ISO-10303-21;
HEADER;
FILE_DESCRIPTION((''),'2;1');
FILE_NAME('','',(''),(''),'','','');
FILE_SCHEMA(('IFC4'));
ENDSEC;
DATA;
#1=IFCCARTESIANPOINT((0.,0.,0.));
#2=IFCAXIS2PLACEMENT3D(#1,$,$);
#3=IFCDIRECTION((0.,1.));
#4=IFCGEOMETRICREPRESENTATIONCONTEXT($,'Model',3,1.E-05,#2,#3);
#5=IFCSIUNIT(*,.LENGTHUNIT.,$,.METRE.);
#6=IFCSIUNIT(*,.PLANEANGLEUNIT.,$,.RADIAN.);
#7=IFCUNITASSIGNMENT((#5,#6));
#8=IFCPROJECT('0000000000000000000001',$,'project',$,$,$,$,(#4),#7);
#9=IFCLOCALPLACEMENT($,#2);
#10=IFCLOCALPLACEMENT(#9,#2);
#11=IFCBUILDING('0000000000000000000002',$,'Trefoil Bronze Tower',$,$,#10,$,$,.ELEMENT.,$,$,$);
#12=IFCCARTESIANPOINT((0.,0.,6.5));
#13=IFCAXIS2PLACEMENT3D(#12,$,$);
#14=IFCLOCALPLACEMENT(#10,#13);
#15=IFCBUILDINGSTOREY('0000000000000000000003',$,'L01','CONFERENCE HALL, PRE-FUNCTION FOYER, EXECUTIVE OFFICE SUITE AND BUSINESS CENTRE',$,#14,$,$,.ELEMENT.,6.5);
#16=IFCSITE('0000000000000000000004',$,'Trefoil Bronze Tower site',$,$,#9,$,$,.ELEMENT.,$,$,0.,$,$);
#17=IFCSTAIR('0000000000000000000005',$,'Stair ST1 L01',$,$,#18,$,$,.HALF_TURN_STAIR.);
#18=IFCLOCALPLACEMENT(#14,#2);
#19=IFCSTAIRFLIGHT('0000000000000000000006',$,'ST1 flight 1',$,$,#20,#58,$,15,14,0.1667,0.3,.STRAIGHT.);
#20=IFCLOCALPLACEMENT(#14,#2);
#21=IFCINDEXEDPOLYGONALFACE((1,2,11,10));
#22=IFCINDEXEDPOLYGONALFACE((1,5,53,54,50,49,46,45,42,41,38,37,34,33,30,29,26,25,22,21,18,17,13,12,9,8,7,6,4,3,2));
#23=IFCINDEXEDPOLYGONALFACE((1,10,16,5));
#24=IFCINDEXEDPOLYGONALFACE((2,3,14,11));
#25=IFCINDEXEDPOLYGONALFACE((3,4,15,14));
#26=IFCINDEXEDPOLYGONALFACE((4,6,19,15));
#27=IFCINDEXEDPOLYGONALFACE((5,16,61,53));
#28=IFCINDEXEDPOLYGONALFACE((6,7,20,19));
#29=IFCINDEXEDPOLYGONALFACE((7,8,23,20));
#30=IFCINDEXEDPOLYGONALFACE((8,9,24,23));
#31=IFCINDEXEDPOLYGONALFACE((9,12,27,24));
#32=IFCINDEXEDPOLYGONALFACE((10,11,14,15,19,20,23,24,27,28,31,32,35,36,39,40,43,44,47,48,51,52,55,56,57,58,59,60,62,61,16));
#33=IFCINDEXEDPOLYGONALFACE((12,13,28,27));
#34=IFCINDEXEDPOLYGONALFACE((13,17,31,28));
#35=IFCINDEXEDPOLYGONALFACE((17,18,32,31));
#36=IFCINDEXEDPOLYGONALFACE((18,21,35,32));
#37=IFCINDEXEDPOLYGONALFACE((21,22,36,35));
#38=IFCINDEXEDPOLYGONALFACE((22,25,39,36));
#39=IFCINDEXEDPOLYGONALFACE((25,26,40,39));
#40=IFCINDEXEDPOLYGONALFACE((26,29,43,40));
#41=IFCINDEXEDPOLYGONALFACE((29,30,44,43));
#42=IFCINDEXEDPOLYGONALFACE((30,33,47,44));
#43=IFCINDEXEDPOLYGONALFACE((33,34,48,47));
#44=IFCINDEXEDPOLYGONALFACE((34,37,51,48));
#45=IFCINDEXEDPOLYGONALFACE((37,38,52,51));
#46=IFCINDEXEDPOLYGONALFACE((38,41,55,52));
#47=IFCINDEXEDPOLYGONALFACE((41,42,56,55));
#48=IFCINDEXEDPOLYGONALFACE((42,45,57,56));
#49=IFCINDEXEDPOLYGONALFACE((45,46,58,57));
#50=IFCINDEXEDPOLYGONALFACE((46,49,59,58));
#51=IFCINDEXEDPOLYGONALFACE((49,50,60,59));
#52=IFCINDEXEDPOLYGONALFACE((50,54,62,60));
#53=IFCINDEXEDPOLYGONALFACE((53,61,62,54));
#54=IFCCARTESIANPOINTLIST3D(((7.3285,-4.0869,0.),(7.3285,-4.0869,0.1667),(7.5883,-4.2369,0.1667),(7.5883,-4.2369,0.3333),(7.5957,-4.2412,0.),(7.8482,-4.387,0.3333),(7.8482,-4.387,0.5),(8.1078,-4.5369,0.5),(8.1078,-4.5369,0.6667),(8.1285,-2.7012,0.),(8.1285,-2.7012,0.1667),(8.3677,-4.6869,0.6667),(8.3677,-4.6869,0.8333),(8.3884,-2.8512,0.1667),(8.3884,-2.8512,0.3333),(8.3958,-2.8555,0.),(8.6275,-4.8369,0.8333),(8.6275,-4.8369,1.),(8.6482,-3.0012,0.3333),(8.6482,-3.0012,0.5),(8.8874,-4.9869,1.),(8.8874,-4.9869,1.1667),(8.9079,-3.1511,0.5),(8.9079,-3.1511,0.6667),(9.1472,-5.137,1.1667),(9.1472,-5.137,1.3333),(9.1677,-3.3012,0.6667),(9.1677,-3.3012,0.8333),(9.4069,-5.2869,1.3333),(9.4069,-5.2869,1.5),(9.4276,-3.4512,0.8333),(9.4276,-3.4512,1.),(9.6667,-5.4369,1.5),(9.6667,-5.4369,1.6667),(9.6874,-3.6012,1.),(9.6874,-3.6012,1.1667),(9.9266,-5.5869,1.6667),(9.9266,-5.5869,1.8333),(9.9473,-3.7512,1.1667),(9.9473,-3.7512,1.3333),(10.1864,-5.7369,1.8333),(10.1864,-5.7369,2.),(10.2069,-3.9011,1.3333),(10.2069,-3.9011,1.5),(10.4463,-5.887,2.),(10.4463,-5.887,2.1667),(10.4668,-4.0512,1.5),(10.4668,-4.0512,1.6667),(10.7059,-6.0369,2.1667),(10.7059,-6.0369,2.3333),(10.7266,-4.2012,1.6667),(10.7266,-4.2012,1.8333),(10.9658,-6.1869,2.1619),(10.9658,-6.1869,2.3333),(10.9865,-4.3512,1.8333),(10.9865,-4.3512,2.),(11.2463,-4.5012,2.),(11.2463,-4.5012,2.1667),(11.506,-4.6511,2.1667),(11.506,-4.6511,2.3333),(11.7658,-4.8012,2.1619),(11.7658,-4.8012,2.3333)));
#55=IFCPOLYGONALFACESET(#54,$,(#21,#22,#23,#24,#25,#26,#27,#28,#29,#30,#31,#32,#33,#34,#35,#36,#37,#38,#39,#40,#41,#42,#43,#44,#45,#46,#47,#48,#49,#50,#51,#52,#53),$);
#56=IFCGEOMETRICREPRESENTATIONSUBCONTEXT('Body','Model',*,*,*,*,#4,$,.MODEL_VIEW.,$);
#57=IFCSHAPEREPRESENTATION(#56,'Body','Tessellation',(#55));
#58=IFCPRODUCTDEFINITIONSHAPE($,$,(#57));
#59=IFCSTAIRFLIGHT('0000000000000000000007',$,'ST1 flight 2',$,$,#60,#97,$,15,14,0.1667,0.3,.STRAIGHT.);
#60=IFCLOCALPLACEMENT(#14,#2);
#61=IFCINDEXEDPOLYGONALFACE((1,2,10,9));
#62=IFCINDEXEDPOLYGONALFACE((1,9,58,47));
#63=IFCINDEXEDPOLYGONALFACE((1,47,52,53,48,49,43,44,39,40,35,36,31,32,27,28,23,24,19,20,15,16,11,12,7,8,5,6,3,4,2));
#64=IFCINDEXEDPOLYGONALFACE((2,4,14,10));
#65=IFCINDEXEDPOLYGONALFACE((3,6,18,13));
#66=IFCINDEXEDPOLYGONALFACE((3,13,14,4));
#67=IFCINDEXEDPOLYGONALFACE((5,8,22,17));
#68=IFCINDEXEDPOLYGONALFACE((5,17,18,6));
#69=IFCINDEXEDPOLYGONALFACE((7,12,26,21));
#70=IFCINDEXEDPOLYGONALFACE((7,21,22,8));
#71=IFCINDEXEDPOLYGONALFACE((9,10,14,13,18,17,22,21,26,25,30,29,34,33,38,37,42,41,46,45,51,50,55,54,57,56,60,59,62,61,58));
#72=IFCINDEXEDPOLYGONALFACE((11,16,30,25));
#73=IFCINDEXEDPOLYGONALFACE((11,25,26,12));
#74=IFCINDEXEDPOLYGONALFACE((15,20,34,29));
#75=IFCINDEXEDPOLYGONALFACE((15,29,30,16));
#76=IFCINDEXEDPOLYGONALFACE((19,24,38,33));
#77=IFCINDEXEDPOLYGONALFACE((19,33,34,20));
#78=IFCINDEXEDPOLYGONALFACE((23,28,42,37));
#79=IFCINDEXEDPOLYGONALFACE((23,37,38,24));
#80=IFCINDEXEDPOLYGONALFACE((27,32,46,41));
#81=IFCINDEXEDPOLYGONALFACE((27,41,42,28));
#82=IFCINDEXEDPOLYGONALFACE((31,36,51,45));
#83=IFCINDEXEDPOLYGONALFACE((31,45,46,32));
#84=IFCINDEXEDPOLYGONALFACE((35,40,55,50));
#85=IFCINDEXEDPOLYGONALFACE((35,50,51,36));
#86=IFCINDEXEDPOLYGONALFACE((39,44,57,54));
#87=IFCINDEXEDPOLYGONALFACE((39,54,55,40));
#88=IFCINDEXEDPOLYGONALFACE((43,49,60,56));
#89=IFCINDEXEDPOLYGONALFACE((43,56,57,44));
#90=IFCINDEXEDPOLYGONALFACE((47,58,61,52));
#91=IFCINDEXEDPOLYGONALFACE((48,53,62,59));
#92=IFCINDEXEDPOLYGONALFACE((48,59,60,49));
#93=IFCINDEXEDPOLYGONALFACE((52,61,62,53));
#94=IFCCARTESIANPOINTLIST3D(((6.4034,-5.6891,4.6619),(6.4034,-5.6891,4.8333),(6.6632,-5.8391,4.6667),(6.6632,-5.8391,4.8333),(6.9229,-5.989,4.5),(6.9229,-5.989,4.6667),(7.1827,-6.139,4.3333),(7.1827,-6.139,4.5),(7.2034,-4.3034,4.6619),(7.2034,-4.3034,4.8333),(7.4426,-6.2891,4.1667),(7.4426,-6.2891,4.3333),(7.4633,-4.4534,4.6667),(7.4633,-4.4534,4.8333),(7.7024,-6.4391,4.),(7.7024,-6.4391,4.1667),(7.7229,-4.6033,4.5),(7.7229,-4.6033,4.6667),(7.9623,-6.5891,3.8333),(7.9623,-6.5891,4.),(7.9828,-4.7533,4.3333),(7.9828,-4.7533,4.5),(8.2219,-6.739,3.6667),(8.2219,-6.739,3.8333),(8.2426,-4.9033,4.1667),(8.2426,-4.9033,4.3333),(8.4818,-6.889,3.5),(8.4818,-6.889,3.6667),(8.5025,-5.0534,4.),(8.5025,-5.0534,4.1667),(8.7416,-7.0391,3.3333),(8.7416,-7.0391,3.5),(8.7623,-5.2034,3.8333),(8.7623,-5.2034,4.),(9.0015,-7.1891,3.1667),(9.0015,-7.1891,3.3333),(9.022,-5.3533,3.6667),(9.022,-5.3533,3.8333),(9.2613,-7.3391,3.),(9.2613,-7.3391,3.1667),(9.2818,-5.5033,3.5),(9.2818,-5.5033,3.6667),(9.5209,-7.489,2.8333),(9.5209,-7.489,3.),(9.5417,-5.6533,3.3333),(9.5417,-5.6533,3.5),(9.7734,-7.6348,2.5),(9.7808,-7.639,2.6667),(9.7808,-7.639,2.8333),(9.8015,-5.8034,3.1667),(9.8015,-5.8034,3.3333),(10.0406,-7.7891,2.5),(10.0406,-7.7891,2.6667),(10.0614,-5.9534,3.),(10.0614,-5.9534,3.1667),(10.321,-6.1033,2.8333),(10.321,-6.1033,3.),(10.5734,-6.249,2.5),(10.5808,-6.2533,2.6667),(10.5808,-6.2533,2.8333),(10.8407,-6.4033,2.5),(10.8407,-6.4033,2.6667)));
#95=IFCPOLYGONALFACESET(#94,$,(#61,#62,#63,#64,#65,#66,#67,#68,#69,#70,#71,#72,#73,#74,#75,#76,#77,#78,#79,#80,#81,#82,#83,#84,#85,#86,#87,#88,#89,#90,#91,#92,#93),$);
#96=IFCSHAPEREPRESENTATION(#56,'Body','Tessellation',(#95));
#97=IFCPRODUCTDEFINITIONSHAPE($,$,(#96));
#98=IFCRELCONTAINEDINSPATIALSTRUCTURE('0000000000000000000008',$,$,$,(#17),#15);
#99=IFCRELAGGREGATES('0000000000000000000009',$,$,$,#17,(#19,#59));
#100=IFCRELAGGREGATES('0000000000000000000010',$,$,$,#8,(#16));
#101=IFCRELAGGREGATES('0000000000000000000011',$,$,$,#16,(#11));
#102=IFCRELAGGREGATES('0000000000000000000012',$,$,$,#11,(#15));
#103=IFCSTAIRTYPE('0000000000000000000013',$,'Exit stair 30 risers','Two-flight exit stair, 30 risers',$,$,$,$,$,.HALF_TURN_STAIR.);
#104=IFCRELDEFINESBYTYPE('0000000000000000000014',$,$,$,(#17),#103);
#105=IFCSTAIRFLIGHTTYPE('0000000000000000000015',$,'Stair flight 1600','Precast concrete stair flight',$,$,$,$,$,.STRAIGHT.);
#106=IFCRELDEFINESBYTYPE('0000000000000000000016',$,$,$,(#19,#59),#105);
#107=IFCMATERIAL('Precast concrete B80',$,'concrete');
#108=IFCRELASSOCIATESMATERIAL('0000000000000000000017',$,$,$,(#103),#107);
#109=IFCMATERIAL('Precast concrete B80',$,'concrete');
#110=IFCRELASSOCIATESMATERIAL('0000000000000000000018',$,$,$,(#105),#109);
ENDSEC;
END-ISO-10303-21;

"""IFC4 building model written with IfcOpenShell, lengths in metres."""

from ifc_helpers import new_model, si_unit, direction, frame, origin, place, context, subcontext, project, spatial, polyline, outline, extrude, material, type_object, element, aggregate, save


model = new_model("IFC4")

# Units and contexts
model_context = context("Model", 3, precision=1e-05, world=origin(), true_north=direction((0.0, 1.0)))
body_context = subcontext(model_context, "Body", "Model", "MODEL_VIEW")
ifc_project = project(units=[si_unit("LENGTHUNIT", "METRE"), si_unit("PLANEANGLEUNIT", "RADIAN")], contexts=[model_context])

# Site, building, storey
site_placement = place(None, origin())
site = spatial("IfcSite", under=ifc_project, at=site_placement, Name="Trefoil Bronze Tower site", CompositionType="ELEMENT", RefElevation=0.0)
building_placement = place(site_placement, origin())
building = spatial("IfcBuilding", under=site, at=building_placement, Name="Trefoil Bronze Tower", CompositionType="ELEMENT")
storey_placement = place(building_placement, frame((0.0, 0.0, 6.5)))
storey = spatial("IfcBuildingStorey", under=building, at=storey_placement, Name="L01", Description="CONFERENCE HALL, PRE-FUNCTION FOYER, EXECUTIVE OFFICE SUITE AND BUSINESS CENTRE", CompositionType="ELEMENT", Elevation=6.5)

# Stair, stair flights
ifc_material_1 = material(Name="Precast concrete B80", Category="concrete")
stair_type = type_object("IfcStairType", Name="Exit stair 30 risers", Description="Two-flight exit stair, 30 risers", PredefinedType="HALF_TURN_STAIR", material=ifc_material_1)
stair_placement = place(storey_placement, origin())
stair = element("IfcStair", 1, at=stair_placement, inside=storey, type_object=stair_type, Name="Stair ST1 L01", PredefinedType="HALF_TURN_STAIR")
ifc_material_2 = material(Name="Precast concrete B80", Category="concrete")
stair_flight_type = type_object("IfcStairFlightType", Name="Stair flight 1600", Description="Precast concrete stair flight", PredefinedType="STRAIGHT", material=ifc_material_2)
stair_flight_1_placement = place(storey_placement, frame((7.7285, -3.394, 0.0), z_axis=(0.0, 0.0, 1.0), x_axis=(0.866025, -0.5, 0.0)))
stair_flight_1 = element("IfcStairFlight", 2, at=stair_flight_1_placement, type_object=stair_flight_type, Name="ST1 flight 1", NumberOfRisers=15, NumberOfTreads=14, PredefinedType="STRAIGHT", RiserHeight=0.1667, TreadLength=0.3, context=body_context, shape_type="SweptSolid", body=[
    extrude(outline(polyline([(0.0, 0.0), (0.0, 0.1667), (0.3, 0.1667), (0.3, 0.3333), (0.6001, 0.3333), (0.6001, 0.5), (0.8999, 0.5), (0.8999, 0.6667), (1.2, 0.6667), (1.2, 0.8333), (1.5, 0.8333), (1.5, 1.0), (1.8, 1.0), (1.8, 1.1667), (2.1001, 1.1667), (2.1001, 1.3333), (2.3999, 1.3333), (2.3999, 1.5), (2.7, 1.5), (2.7, 1.6667), (3.0, 1.6667), (3.0, 1.8333), (3.3, 1.8333), (3.3, 2.0), (3.6001, 2.0), (3.6001, 2.1667), (3.8999, 2.1667), (3.8999, 2.3333), (4.2, 2.3333), (4.2, 2.5), (4.2, 2.1619), (0.3086, 0.0), (0.0, 0.0)])), frame((0.0, 0.8, 0.0), z_axis=(0.0, -1.0, 0.0), x_axis=(1.0, 0.0, 0.0)), (0.0, 0.0, 1.0), 1.6001),
])
stair_flight_2_placement = place(storey_placement, frame((10.4407, -7.0962, 2.5), z_axis=(0.0, 0.0, 1.0), x_axis=(-0.866025, 0.5, 0.0)))
stair_flight_2 = element("IfcStairFlight", 3, at=stair_flight_2_placement, type_object=stair_flight_type, Name="ST1 flight 2", NumberOfRisers=15, NumberOfTreads=14, PredefinedType="STRAIGHT", RiserHeight=0.1667, TreadLength=0.3, context=body_context, shape_type="SweptSolid", body=[
    extrude(outline(polyline([(0.0, 0.0), (0.0, 0.1667), (0.3, 0.1667), (0.3, 0.3333), (0.6001, 0.3333), (0.6001, 0.5), (0.8999, 0.5), (0.8999, 0.6667), (1.2, 0.6667), (1.2, 0.8333), (1.5, 0.8333), (1.5, 1.0), (1.8, 1.0), (1.8, 1.1667), (2.1001, 1.1667), (2.1001, 1.3333), (2.3999, 1.3333), (2.3999, 1.5), (2.7, 1.5), (2.7, 1.6667), (3.0, 1.6667), (3.0, 1.8333), (3.3, 1.8333), (3.3, 2.0), (3.6001, 2.0), (3.6001, 2.1667), (3.8999, 2.1667), (3.8999, 2.3333), (4.2, 2.3333), (4.2, 2.5), (4.2, 2.1619), (0.3086, 0.0), (0.0, 0.0)])), frame((0.0, 0.8, 0.0), z_axis=(0.0, -1.0, 0.0), x_axis=(1.0, 0.0, 0.0)), (0.0, 0.0, 1.0), 1.6001),
])
aggregate(stair, [stair_flight_1, stair_flight_2])

save(model, "model.ifc")
